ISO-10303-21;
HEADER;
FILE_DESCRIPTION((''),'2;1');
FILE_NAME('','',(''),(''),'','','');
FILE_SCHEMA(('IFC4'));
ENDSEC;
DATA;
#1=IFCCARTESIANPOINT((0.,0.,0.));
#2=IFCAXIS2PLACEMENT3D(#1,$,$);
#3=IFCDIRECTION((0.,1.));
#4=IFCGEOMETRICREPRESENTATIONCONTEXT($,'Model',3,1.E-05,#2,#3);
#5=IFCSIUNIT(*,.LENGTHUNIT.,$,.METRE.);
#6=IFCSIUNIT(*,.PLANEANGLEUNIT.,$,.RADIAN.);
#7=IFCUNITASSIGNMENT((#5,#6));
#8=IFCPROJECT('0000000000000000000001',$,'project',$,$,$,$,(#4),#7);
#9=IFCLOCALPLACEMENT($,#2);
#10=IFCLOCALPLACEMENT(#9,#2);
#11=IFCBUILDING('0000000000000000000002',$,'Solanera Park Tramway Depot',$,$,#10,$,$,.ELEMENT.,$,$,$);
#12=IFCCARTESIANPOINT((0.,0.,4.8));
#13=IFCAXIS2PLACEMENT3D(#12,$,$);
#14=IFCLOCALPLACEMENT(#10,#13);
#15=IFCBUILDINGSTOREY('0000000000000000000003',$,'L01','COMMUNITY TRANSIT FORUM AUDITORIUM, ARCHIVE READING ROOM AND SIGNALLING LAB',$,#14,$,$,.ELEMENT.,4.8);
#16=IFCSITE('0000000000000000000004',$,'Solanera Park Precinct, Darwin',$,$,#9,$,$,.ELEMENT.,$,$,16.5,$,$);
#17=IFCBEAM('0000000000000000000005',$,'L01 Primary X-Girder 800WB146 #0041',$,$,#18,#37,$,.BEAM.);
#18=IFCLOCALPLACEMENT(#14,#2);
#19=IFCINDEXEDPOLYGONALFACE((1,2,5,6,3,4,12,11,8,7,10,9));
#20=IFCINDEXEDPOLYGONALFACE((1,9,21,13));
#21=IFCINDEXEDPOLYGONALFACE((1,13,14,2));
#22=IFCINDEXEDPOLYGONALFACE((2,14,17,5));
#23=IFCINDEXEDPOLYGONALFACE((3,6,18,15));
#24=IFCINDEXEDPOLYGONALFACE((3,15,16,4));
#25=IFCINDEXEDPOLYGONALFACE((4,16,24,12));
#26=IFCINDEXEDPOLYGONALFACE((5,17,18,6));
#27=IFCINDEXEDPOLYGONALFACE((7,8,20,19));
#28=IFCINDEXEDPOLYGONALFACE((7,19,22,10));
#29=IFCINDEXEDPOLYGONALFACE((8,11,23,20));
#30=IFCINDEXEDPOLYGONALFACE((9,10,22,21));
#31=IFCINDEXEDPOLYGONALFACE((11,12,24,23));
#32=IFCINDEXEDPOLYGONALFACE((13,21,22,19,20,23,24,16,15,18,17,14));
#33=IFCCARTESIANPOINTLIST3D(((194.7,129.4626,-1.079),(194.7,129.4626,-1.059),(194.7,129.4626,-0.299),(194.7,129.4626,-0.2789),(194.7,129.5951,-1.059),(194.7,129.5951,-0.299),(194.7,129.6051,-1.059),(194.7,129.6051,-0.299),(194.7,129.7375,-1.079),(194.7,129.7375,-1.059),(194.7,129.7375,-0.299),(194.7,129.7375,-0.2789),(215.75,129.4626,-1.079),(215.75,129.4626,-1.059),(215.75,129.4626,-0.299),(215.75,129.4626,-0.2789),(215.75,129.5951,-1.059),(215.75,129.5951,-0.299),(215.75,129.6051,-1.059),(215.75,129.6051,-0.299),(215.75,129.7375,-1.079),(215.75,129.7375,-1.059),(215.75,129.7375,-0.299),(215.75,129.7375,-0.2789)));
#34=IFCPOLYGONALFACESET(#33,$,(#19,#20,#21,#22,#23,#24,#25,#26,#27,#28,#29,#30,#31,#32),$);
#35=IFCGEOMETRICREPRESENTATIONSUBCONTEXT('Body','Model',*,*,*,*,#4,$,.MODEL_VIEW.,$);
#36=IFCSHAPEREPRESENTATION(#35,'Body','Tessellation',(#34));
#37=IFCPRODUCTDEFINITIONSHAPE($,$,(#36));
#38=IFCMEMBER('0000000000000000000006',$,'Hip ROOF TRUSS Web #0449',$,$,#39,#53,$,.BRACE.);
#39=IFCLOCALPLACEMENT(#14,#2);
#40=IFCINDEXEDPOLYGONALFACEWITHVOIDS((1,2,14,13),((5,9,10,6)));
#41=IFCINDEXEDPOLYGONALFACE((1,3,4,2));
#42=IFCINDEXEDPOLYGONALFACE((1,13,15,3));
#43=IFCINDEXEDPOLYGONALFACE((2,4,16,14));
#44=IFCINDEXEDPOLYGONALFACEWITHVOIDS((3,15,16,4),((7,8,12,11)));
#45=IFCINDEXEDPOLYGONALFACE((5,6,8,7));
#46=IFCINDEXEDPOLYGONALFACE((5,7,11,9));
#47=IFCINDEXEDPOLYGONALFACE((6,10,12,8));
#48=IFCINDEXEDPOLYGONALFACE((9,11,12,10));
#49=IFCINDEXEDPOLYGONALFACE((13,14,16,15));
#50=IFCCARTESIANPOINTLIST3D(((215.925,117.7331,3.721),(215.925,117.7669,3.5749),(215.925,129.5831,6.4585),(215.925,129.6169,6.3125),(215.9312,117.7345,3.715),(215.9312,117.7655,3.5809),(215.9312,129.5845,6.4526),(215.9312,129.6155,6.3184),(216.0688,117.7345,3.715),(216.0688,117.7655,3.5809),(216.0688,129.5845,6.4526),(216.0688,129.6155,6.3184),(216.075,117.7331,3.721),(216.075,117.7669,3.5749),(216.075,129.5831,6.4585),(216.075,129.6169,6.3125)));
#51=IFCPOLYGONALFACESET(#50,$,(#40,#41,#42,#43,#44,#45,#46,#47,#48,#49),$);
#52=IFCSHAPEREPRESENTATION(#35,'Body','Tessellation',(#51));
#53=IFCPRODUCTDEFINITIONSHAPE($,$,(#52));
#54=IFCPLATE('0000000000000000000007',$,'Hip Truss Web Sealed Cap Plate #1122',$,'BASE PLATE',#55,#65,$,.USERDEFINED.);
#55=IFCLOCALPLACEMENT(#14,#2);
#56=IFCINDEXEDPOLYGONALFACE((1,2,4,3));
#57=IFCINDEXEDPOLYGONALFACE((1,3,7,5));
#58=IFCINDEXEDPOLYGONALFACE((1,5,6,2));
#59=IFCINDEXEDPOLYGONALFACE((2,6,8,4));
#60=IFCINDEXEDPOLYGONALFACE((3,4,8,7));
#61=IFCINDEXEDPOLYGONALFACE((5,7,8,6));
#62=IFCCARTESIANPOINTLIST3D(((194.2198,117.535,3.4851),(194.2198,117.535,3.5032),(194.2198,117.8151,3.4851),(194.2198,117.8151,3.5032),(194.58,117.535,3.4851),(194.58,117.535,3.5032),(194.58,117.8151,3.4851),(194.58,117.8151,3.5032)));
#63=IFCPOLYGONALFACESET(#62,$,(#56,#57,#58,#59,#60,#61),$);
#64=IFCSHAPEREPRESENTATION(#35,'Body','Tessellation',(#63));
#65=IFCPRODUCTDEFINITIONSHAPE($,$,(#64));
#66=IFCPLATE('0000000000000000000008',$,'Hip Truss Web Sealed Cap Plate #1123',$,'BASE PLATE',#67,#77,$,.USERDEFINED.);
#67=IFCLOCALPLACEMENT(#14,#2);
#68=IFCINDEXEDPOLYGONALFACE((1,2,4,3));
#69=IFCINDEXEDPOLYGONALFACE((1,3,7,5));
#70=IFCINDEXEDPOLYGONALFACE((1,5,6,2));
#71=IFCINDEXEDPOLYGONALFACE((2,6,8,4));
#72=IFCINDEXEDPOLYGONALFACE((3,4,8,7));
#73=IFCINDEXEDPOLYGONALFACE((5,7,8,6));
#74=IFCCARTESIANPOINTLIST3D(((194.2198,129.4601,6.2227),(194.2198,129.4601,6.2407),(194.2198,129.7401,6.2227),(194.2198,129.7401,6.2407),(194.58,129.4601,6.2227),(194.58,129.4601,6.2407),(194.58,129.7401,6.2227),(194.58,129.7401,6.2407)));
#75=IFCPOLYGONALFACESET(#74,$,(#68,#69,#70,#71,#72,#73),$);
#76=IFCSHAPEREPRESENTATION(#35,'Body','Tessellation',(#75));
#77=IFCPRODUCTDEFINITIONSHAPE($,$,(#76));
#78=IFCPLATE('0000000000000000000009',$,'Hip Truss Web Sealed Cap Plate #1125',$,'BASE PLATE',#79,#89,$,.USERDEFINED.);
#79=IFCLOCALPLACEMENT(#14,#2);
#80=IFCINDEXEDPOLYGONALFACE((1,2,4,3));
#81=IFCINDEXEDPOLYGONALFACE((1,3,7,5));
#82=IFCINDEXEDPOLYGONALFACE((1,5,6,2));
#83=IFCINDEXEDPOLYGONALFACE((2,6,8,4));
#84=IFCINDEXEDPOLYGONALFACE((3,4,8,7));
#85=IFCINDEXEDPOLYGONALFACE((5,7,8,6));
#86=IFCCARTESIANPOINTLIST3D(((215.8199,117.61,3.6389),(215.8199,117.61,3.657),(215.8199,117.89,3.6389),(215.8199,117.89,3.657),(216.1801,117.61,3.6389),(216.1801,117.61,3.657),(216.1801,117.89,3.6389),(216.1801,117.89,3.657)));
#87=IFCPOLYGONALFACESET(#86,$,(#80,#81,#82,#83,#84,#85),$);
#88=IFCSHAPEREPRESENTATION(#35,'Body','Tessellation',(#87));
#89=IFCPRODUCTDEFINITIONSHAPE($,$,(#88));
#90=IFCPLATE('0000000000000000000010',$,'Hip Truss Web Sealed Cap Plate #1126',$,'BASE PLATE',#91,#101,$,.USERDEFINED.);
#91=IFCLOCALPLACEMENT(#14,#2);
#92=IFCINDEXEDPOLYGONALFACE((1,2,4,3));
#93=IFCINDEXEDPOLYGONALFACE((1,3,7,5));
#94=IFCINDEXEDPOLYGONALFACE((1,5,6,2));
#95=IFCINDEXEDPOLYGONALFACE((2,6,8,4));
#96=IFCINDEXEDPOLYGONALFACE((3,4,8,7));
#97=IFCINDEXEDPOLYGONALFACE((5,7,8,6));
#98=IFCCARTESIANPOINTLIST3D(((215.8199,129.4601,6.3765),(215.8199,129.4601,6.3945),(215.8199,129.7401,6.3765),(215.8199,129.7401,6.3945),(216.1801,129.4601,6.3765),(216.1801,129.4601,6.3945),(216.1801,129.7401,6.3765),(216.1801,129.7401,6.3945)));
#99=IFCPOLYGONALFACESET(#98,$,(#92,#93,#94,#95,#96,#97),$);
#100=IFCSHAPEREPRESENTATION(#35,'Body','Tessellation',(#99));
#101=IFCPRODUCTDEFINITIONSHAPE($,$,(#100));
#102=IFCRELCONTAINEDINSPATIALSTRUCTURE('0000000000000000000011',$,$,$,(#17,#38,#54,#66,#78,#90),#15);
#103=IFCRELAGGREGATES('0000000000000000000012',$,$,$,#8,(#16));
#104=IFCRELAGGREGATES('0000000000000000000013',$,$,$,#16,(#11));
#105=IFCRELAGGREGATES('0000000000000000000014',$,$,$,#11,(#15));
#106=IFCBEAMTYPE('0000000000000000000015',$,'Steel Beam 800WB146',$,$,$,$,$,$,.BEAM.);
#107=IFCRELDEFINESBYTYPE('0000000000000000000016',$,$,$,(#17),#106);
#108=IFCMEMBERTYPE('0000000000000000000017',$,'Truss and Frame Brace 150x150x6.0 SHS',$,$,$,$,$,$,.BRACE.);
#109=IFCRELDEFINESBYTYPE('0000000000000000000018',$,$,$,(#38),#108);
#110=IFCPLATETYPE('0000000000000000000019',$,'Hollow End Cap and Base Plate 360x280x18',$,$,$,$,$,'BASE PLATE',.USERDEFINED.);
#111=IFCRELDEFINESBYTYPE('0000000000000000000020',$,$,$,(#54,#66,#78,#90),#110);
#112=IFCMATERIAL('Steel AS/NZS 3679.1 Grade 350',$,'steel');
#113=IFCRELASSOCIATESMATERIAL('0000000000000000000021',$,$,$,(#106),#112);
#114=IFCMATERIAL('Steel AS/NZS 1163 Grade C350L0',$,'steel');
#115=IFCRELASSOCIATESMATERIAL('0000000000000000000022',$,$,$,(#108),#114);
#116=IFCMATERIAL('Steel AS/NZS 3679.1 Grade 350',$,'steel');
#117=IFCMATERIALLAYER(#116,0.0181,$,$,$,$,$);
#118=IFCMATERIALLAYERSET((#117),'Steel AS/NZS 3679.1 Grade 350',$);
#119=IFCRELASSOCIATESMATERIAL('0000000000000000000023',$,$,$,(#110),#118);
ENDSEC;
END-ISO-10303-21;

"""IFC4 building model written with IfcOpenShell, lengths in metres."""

from ifc_helpers import new_model, si_unit, direction, frame, origin, origin_2d, place, context, subcontext, project, spatial, rectangle, hollow_rectangle, i_section, extrude, material, layer, layer_set, material_profile, profile_set, type_object, element, save


model = new_model("IFC4")

# Units and contexts
model_context = context("Model", 3, precision=1e-05, world=origin(), true_north=direction((0.0, 1.0)))
body_context = subcontext(model_context, "Body", "Model", "MODEL_VIEW")
ifc_project = project(units=[si_unit("LENGTHUNIT", "METRE"), si_unit("PLANEANGLEUNIT", "RADIAN")], contexts=[model_context])

# Site, building, storey
site_placement = place(None, origin())
site = spatial("IfcSite", under=ifc_project, at=site_placement, Name="Solanera Park Precinct, Darwin", CompositionType="ELEMENT", RefElevation=16.5)
building_placement = place(site_placement, origin())
building = spatial("IfcBuilding", under=site, at=building_placement, Name="Solanera Park Tramway Depot", CompositionType="ELEMENT")
storey_placement = place(building_placement, frame((0.0, 0.0, 4.8)))
storey = spatial("IfcBuildingStorey", under=building, at=storey_placement, Name="L01", Description="COMMUNITY TRANSIT FORUM AUDITORIUM, ARCHIVE READING ROOM AND SIGNALLING LAB", CompositionType="ELEMENT", Elevation=4.8)

# Beam
ifc_material_1 = material(Name="Steel AS/NZS 3679.1 Grade 350", Category="steel")
ifc_material_profile_1 = material_profile(ifc_material_1, i_section(OverallWidth=0.2749, OverallDepth=0.8, WebThickness=0.01, FlangeThickness=0.02, at=origin_2d()), Name="800WB146")
ifc_profile_set_1 = profile_set([ifc_material_profile_1], Name="Steel AS/NZS 3679.1 Grade 350")
beam_type_1 = type_object("IfcBeamType", Name="Steel Beam 800WB146", PredefinedType="BEAM", material=ifc_profile_set_1)
beam_1_placement = place(storey_placement, frame((194.7, 129.6001, -0.679), z_axis=(1.0, 0.0, 0.0), x_axis=(0.0, 1.0, 0.0)))
element("IfcBeam", 1, at=beam_1_placement, inside=storey, type_object=beam_type_1, Name="L01 Primary X-Girder 800WB146 #0041", PredefinedType="BEAM", context=body_context, shape_type="SweptSolid", body=[
    extrude(i_section(OverallWidth=0.2749, OverallDepth=0.8, WebThickness=0.01, FlangeThickness=0.02, at=origin_2d()), origin(), (0.0, 0.0, 1.0), 21.05),
])

# Member
ifc_material_2 = material(Name="Steel AS/NZS 1163 Grade C350L0", Category="steel")
ifc_material_profile_2 = material_profile(ifc_material_2, hollow_rectangle(XDim=0.1499, YDim=0.1499, WallThickness=0.0061, at=origin_2d()), Name="150x150x6.0 SHS")
ifc_profile_set_2 = profile_set([ifc_material_profile_2], Name="Steel AS/NZS 1163 Grade C350L0")
member_type_1 = type_object("IfcMemberType", Name="Truss and Frame Brace 150x150x6.0 SHS", PredefinedType="BRACE", material=ifc_profile_set_2)
member_1_placement = place(storey_placement, frame((216.0, 117.75, 3.6479), z_axis=(0.0, 0.974339, 0.225087), x_axis=(-1.0, 0.0, 0.0)))
element("IfcMember", 2, at=member_1_placement, inside=storey, type_object=member_type_1, Name="Hip ROOF TRUSS Web #0449", PredefinedType="BRACE", context=body_context, shape_type="SweptSolid", body=[
    extrude(hollow_rectangle(XDim=0.1499, YDim=0.1499, WallThickness=0.0061, at=origin_2d()), origin(), (0.0, 0.0, 1.0), 12.1621),
])

# Plates
ifc_material_3 = material(Name="Steel AS/NZS 3679.1 Grade 350", Category="steel")
ifc_layer = layer(ifc_material_3, 0.0181)
ifc_layer_set = layer_set([ifc_layer], Name="Steel AS/NZS 3679.1 Grade 350")
plate_type = type_object("IfcPlateType", Name="Hollow End Cap and Base Plate 360x280x18", ElementType="BASE PLATE", PredefinedType="USERDEFINED", material=ifc_layer_set)
for number, where, z_axis, x_axis, name in (
    (3, (194.3999, 117.675, 3.4851), (0.0, 0.0, 1.0), (1.0, 0.0, 0.0), "Hip Truss Web Sealed Cap Plate #1122"),
    (4, (194.3999, 129.6001, 6.2227), (0.0, 0.0, 1.0), (1.0, 0.0, 0.0), "Hip Truss Web Sealed Cap Plate #1123"),
    (5, (216.0, 117.75, 3.6389), (0.0, 0.0, 1.0), (1.0, 0.0, 0.0), "Hip Truss Web Sealed Cap Plate #1125"),
    (6, (216.0, 129.6001, 6.3765), (0.0, 0.0, 1.0), (1.0, 0.0, 0.0), "Hip Truss Web Sealed Cap Plate #1126"),
):
    element("IfcPlate", number, at=place(storey_placement, frame(where, z_axis=z_axis, x_axis=x_axis)), inside=storey, type_object=plate_type, Name=name, ObjectType="BASE PLATE", PredefinedType="USERDEFINED", context=body_context, shape_type="SweptSolid", body=[
        extrude(rectangle(XDim=0.3601, YDim=0.28, at=origin_2d()), origin(), (0.0, 0.0, 1.0), 0.0181),
    ])

save(model, "model.ifc")
